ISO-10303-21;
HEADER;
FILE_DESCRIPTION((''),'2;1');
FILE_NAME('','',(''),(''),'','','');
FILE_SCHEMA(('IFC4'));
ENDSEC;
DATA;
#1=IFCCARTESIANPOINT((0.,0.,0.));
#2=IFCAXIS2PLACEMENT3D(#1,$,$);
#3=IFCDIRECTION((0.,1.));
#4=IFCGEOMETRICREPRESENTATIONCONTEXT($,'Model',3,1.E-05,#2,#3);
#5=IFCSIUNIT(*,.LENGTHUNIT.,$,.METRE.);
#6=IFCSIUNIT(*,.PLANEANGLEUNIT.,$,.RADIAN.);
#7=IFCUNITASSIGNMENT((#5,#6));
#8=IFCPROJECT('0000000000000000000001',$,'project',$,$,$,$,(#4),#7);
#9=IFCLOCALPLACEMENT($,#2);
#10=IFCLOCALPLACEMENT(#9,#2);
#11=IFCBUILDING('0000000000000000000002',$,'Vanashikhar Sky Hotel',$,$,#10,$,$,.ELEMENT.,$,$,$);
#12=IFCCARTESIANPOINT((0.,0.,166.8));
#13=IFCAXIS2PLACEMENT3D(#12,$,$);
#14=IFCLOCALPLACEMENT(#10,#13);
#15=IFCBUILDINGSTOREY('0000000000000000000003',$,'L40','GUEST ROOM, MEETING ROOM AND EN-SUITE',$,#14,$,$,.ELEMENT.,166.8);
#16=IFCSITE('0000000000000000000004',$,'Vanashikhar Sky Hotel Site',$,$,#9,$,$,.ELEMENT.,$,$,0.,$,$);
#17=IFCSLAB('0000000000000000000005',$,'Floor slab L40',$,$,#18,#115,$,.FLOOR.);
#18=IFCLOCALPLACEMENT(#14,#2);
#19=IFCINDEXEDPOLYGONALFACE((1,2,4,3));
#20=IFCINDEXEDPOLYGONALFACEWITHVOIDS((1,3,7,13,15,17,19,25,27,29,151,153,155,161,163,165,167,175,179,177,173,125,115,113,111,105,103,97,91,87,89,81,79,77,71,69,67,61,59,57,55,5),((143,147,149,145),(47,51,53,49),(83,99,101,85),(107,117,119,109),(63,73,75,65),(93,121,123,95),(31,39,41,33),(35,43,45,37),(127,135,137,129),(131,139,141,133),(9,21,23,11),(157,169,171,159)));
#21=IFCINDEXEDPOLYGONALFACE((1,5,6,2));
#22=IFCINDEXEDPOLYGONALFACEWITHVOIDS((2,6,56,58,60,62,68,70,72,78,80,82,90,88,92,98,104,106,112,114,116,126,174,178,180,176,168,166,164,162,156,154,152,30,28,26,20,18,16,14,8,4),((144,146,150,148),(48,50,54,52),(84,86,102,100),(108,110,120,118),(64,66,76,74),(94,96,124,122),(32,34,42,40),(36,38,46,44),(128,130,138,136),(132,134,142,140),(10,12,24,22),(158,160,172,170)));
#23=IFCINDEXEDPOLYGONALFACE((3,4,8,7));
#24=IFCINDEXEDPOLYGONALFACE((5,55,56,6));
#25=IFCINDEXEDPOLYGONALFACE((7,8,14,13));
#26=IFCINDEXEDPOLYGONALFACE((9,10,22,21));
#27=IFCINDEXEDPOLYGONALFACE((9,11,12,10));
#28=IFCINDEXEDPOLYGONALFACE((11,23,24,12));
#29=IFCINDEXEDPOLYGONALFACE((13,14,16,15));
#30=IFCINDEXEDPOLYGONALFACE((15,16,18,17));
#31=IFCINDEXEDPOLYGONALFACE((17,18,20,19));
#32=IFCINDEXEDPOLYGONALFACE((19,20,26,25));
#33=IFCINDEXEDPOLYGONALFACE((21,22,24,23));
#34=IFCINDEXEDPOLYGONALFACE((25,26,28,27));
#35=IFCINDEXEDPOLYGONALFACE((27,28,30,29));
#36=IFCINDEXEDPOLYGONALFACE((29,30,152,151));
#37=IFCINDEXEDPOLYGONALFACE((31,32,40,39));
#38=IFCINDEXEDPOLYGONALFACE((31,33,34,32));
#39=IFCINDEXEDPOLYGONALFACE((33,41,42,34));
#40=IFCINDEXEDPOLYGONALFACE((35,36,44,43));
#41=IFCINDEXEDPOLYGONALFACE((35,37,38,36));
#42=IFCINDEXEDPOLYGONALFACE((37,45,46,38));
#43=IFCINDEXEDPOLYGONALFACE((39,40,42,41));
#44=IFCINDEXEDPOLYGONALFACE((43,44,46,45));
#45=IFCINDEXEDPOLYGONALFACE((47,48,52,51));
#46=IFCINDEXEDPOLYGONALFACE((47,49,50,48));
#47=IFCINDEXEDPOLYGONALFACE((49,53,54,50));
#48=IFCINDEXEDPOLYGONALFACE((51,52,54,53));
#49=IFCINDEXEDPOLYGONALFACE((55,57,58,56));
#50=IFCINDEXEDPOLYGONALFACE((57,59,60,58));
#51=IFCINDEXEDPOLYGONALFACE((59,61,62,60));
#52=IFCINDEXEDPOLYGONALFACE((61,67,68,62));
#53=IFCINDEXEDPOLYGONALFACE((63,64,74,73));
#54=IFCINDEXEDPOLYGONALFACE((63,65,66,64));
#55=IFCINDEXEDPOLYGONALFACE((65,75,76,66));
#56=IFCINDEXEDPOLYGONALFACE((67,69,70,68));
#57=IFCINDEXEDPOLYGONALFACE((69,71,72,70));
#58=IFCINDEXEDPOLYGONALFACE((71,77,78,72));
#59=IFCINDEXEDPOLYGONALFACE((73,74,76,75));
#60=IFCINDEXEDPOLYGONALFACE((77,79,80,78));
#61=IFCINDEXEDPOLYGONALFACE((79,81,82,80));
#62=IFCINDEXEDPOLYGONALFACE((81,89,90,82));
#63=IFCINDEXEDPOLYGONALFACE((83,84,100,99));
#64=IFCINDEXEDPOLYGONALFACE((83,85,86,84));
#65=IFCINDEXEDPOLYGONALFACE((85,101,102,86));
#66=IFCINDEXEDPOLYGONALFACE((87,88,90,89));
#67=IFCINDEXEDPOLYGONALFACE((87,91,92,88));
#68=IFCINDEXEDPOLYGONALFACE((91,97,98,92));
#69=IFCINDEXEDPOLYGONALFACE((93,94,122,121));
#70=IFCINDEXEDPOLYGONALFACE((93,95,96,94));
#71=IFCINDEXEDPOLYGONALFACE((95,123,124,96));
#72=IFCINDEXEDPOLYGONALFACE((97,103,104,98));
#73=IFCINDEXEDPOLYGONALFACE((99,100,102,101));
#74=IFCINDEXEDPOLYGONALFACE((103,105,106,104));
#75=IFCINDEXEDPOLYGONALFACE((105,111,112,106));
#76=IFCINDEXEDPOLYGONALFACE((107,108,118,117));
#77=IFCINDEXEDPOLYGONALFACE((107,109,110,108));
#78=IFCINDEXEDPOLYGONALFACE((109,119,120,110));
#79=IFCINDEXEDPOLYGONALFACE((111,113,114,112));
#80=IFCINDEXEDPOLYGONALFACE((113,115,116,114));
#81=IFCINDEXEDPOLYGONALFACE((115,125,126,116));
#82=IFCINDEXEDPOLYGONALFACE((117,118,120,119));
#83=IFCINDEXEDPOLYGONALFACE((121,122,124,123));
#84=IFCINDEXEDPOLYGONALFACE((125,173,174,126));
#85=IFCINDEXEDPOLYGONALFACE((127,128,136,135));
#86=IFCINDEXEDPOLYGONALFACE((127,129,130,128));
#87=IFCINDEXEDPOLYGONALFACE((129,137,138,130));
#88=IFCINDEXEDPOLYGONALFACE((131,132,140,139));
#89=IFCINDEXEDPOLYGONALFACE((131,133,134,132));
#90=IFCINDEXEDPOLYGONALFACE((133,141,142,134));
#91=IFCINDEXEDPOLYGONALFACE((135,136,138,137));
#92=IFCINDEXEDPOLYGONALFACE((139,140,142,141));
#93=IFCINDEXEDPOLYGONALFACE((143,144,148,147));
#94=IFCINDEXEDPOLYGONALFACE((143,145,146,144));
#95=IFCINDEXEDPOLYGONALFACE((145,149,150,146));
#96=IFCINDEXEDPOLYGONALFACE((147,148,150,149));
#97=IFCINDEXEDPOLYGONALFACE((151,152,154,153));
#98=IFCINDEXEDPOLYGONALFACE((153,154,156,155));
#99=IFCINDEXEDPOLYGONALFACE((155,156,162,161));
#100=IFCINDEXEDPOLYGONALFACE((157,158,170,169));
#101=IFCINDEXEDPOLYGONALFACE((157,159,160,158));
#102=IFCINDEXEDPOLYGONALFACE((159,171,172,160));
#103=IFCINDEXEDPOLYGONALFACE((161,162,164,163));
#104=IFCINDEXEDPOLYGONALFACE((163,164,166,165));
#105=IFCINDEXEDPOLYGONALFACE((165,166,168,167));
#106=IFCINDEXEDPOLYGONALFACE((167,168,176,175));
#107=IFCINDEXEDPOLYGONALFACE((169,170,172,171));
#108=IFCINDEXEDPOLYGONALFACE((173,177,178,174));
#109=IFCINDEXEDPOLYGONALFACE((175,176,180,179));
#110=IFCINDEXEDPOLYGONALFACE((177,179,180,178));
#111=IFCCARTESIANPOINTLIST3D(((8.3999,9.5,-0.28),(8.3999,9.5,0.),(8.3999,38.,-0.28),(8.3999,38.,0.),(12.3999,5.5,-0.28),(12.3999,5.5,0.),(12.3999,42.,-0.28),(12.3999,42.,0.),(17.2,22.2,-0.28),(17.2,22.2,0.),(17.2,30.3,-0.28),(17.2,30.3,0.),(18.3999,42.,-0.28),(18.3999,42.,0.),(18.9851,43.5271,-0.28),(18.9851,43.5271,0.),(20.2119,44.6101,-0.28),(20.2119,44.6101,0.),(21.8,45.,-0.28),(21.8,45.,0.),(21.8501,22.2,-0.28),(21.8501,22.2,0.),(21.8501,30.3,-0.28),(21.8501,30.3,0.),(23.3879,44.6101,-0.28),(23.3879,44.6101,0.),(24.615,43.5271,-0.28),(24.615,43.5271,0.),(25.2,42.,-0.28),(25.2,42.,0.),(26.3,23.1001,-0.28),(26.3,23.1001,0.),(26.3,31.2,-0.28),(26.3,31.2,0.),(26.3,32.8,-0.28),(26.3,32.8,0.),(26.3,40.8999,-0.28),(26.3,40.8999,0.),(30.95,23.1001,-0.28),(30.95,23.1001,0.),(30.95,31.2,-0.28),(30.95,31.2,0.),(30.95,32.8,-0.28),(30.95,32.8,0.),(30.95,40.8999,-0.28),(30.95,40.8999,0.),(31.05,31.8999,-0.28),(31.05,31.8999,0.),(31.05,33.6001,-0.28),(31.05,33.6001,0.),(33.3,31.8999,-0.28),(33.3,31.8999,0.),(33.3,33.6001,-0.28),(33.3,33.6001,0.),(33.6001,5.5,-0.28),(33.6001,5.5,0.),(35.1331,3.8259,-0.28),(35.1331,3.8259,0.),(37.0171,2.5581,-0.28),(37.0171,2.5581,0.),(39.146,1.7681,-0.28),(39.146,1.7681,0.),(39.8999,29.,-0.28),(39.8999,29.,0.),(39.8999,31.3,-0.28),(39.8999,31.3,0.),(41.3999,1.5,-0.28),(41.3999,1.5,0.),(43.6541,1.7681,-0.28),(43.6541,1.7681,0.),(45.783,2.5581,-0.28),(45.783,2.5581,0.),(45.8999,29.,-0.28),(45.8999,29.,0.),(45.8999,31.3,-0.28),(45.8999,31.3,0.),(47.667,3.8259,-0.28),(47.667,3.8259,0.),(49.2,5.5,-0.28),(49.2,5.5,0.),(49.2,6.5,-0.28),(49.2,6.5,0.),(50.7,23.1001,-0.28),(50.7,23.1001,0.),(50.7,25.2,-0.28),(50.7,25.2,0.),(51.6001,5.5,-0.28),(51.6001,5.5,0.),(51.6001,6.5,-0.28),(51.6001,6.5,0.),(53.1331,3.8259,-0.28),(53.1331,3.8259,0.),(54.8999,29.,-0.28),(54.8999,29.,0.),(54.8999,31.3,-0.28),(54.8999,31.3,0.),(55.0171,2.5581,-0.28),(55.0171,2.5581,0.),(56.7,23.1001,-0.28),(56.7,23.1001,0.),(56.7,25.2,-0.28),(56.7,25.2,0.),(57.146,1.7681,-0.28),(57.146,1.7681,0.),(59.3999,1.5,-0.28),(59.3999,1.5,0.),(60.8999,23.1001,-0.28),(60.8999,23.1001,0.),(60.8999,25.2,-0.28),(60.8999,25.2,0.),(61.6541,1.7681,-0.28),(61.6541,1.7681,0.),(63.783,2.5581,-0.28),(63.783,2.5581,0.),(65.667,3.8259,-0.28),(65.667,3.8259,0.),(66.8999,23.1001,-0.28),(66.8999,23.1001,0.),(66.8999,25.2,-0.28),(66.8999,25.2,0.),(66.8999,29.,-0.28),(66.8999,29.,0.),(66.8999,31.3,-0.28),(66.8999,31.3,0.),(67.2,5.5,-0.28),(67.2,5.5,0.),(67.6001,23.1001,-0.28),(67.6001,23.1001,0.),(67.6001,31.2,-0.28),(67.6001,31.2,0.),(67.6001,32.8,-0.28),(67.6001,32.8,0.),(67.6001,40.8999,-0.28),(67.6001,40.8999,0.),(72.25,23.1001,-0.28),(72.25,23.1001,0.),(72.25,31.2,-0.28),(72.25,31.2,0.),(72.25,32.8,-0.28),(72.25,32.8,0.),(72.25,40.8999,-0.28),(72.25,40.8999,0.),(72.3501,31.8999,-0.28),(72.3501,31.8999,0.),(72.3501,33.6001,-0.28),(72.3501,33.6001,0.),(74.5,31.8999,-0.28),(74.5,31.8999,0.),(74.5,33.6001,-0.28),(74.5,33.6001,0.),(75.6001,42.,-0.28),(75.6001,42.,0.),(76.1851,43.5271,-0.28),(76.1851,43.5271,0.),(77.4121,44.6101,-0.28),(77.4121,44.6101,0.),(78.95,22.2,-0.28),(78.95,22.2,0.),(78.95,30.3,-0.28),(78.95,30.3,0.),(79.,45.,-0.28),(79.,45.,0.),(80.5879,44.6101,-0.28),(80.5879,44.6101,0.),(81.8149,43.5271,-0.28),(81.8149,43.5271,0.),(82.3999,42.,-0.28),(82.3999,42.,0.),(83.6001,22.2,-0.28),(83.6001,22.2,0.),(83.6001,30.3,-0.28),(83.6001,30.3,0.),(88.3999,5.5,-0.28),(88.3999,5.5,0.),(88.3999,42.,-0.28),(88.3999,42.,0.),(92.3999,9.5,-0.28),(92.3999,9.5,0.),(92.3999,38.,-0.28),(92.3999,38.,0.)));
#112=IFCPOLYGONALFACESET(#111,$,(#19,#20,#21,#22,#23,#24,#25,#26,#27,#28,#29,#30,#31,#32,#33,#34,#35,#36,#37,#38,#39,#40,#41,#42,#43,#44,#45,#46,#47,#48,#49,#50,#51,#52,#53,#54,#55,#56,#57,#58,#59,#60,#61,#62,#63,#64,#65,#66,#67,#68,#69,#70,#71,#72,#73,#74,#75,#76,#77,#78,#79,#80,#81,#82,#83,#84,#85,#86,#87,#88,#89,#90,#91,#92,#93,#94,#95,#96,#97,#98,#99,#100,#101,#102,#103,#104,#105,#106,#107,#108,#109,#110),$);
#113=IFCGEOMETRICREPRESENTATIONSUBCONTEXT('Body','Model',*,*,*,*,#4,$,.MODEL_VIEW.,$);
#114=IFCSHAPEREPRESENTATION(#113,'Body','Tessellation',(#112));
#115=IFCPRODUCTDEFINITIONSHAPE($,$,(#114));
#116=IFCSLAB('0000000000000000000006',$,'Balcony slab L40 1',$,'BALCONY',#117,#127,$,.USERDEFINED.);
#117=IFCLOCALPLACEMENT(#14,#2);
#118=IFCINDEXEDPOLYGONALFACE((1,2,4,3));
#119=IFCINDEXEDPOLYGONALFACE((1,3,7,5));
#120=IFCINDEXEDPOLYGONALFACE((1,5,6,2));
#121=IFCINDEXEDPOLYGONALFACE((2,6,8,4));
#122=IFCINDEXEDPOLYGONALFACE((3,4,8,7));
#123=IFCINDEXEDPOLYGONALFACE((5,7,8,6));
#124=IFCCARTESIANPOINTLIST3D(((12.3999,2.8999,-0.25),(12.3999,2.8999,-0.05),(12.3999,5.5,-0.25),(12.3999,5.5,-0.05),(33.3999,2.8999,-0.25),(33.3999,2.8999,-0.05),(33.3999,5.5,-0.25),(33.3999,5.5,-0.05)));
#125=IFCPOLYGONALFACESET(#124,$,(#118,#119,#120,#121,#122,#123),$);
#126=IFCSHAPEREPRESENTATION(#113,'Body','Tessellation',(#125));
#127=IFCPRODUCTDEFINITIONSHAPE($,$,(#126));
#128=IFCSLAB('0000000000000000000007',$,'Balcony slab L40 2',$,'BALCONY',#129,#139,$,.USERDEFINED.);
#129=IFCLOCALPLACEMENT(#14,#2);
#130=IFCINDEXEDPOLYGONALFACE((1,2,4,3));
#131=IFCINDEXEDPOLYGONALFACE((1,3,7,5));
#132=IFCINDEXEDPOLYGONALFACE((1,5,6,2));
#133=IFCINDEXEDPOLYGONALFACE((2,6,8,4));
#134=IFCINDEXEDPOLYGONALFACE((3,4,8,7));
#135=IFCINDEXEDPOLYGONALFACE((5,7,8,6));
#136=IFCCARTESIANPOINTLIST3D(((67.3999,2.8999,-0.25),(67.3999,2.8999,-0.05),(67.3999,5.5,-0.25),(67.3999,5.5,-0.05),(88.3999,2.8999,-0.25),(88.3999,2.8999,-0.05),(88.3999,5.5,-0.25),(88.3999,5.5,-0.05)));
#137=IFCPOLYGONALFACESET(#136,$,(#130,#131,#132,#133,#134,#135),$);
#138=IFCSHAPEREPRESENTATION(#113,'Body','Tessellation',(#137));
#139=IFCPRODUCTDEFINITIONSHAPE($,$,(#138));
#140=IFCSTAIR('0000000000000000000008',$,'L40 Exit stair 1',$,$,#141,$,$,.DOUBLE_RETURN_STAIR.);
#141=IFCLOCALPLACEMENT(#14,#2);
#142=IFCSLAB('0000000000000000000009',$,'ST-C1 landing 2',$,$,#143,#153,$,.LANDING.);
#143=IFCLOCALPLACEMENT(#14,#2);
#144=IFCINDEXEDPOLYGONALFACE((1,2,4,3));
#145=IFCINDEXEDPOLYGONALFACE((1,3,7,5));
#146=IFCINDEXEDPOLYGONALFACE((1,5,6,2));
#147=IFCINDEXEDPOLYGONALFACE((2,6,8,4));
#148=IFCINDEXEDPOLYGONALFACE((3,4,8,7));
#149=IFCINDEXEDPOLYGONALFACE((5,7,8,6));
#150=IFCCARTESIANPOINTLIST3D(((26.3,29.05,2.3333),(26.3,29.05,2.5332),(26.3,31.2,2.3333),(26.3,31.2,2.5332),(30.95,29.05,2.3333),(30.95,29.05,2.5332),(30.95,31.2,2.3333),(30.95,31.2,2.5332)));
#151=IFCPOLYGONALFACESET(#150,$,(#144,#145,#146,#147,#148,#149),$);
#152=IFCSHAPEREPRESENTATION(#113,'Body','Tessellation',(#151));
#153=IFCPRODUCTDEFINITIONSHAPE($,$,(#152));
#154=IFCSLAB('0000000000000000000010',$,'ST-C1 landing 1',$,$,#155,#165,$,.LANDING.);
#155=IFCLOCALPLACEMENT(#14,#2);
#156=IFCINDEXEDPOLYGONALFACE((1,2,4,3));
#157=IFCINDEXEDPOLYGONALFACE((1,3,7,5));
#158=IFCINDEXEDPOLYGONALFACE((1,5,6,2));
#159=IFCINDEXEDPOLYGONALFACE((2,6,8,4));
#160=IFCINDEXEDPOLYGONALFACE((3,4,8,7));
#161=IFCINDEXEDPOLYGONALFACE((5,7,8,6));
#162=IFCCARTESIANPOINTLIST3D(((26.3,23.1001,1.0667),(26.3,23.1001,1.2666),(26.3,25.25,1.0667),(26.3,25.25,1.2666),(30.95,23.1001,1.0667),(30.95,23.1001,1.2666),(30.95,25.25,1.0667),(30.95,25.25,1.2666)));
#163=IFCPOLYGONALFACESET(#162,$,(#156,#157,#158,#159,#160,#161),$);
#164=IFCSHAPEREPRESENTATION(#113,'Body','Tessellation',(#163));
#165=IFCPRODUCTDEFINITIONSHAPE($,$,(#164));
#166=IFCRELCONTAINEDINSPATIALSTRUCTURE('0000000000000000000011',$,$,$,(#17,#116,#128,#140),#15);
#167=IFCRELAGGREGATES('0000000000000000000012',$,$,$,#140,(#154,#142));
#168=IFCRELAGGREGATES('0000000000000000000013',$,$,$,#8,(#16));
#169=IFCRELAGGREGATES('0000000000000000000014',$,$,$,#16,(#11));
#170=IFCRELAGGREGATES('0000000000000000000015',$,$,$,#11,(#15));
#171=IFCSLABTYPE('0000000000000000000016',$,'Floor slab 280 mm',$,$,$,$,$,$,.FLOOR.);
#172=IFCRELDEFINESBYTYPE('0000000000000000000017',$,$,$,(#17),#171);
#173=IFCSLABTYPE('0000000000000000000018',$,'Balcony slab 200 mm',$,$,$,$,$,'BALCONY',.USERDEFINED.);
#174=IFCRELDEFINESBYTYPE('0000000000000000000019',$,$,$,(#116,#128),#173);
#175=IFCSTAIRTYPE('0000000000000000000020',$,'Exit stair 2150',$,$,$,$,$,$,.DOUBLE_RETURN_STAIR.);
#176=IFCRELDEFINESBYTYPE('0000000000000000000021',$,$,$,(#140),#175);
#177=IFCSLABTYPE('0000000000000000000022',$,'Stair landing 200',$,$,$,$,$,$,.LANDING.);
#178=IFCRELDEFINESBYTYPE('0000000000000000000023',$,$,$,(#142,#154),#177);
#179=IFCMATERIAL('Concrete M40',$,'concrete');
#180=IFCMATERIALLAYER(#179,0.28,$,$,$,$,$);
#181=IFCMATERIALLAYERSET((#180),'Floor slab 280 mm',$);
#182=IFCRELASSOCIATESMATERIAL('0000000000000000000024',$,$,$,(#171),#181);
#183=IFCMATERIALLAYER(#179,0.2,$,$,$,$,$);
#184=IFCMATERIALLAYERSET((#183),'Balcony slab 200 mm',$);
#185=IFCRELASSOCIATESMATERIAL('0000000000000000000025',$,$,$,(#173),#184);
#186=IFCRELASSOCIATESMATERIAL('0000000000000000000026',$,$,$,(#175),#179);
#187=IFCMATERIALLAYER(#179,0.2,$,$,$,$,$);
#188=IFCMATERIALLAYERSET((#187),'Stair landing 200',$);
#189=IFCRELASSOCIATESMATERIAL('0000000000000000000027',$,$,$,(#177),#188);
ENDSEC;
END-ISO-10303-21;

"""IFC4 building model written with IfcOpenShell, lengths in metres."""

from ifc_helpers import new_model, si_unit, direction, frame, origin, place, context, subcontext, project, spatial, polyline, outline, extrude, source, transform, mapped, material, layer, layer_set, type_object, element, aggregate, save


model = new_model("IFC4")

# Units and contexts
model_context = context("Model", 3, precision=1e-05, world=origin(), true_north=direction((0.0, 1.0)))
body_context = subcontext(model_context, "Body", "Model", "MODEL_VIEW")
ifc_project = project(units=[si_unit("LENGTHUNIT", "METRE"), si_unit("PLANEANGLEUNIT", "RADIAN")], contexts=[model_context])

# Site, building, storey
site_placement = place(None, origin())
site = spatial("IfcSite", under=ifc_project, at=site_placement, Name="Vanashikhar Sky Hotel Site", CompositionType="ELEMENT", RefElevation=0.0)
building_placement = place(site_placement, origin())
building = spatial("IfcBuilding", under=site, at=building_placement, Name="Vanashikhar Sky Hotel", CompositionType="ELEMENT")
storey_placement = place(building_placement, frame((0.0, 0.0, 166.8)))
storey = spatial("IfcBuildingStorey", under=building, at=storey_placement, Name="L40", Description="GUEST ROOM, MEETING ROOM AND EN-SUITE", CompositionType="ELEMENT", Elevation=166.8)

# Slabs
ifc_material = material(Name="Concrete M40", Category="concrete")
ifc_layer_1 = layer(ifc_material, 0.28)
ifc_layer_set_1 = layer_set([ifc_layer_1], Name="Floor slab 280 mm")
slab_type_1 = type_object("IfcSlabType", Name="Floor slab 280 mm", PredefinedType="FLOOR", material=ifc_layer_set_1)
shared_shape_1 = source(origin(), body_context, "Body", "SweptSolid", [
    extrude(outline(polyline([(49.2, 5.5), (49.2, 6.5), (51.6001, 6.5), (51.6001, 5.5), (53.1331, 3.8259), (55.0171, 2.5581), (57.146, 1.7681), (59.3999, 1.5), (61.6541, 1.7681), (63.783, 2.5581), (65.667, 3.8259), (67.2, 5.5), (88.3999, 5.5), (92.3999, 9.5), (92.3999, 38.0), (88.3999, 42.0), (82.3999, 42.0), (81.8149, 43.5271), (80.5879, 44.6101), (79.0, 45.0), (77.4121, 44.6101), (76.1851, 43.5271), (75.6001, 42.0), (25.2, 42.0), (24.615, 43.5271), (23.3879, 44.6101), (21.8, 45.0), (20.2119, 44.6101), (18.9851, 43.5271), (18.3999, 42.0), (12.3999, 42.0), (8.3999, 38.0), (8.3999, 9.5), (12.3999, 5.5), (33.6001, 5.5), (35.1331, 3.8259), (37.0171, 2.5581), (39.146, 1.7681), (41.3999, 1.5), (43.6541, 1.7681), (45.783, 2.5581), (47.667, 3.8259), (49.2, 5.5)]), holes=[polyline([(33.3, 33.6001), (31.05, 33.6001), (31.05, 31.8999), (33.3, 31.8999), (33.3, 33.6001)]), polyline([(39.8999, 31.3), (39.8999, 29.0), (45.8999, 29.0), (45.8999, 31.3), (39.8999, 31.3)]), polyline([(50.7, 25.2), (50.7, 23.1001), (56.7, 23.1001), (56.7, 25.2), (50.7, 25.2)]), polyline([(66.8999, 29.0), (66.8999, 31.3), (54.8999, 31.3), (54.8999, 29.0), (66.8999, 29.0)]), polyline([(60.8999, 25.2), (60.8999, 23.1001), (66.8999, 23.1001), (66.8999, 25.2), (60.8999, 25.2)]), polyline([(74.5, 33.6001), (72.3501, 33.6001), (72.3501, 31.8999), (74.5, 31.8999), (74.5, 33.6001)]), polyline([(30.95, 23.1001), (30.95, 31.2), (26.3, 31.2), (26.3, 23.1001), (30.95, 23.1001)]), polyline([(72.25, 23.1001), (72.25, 31.2), (67.6001, 31.2), (67.6001, 23.1001), (72.25, 23.1001)]), polyline([(30.95, 32.8), (30.95, 40.8999), (26.3, 40.8999), (26.3, 32.8), (30.95, 32.8)]), polyline([(72.25, 32.8), (72.25, 40.8999), (67.6001, 40.8999), (67.6001, 32.8), (72.25, 32.8)]), polyline([(83.6001, 22.2), (83.6001, 30.3), (78.95, 30.3), (78.95, 22.2), (83.6001, 22.2)]), polyline([(21.8501, 22.2), (21.8501, 30.3), (17.2, 30.3), (17.2, 22.2), (21.8501, 22.2)])]), origin(), (0.0, 0.0, 1.0), 0.28),
])
slab_1_placement = place(storey_placement, frame((0.0, 0.0, -0.28)))
element("IfcSlab", 1, at=slab_1_placement, inside=storey, type_object=slab_type_1, Name="Floor slab L40", PredefinedType="FLOOR", context=body_context, shape_type="MappedRepresentation", body=[
    mapped(shared_shape_1, transform((0.0, 0.0, 0.0), scale=1.0)),
])
ifc_layer_2 = layer(ifc_material, 0.2)
ifc_layer_set_2 = layer_set([ifc_layer_2], Name="Balcony slab 200 mm")
slab_type_2 = type_object("IfcSlabType", Name="Balcony slab 200 mm", ElementType="BALCONY", PredefinedType="USERDEFINED", material=ifc_layer_set_2)
shared_shape_2 = source(origin(), body_context, "Body", "SweptSolid", [
    extrude(outline(polyline([(12.3999, 2.8999), (33.3999, 2.8999), (33.3999, 5.5), (12.3999, 5.5), (12.3999, 2.8999)])), origin(), (0.0, 0.0, 1.0), 0.2),
])
slab_2_placement = place(storey_placement, frame((0.0, 0.0, -0.25)))
element("IfcSlab", 2, at=slab_2_placement, inside=storey, type_object=slab_type_2, Name="Balcony slab L40 1", ObjectType="BALCONY", PredefinedType="USERDEFINED", context=body_context, shape_type="MappedRepresentation", body=[
    mapped(shared_shape_2, transform((0.0, 0.0, 0.0), scale=1.0)),
])
shared_shape_3 = source(origin(), body_context, "Body", "SweptSolid", [
    extrude(outline(polyline([(67.3999, 2.8999), (88.3999, 2.8999), (88.3999, 5.5), (67.3999, 5.5), (67.3999, 2.8999)])), origin(), (0.0, 0.0, 1.0), 0.2),
])
slab_3_placement = place(storey_placement, frame((0.0, 0.0, -0.25)))
element("IfcSlab", 3, at=slab_3_placement, inside=storey, type_object=slab_type_2, Name="Balcony slab L40 2", ObjectType="BALCONY", PredefinedType="USERDEFINED", context=body_context, shape_type="MappedRepresentation", body=[
    mapped(shared_shape_3, transform((0.0, 0.0, 0.0), scale=1.0)),
])

# Stair, slabs
stair_type = type_object("IfcStairType", Name="Exit stair 2150", PredefinedType="DOUBLE_RETURN_STAIR", material=ifc_material)
stair_1_placement = place(storey_placement, origin())
stair_1 = element("IfcStair", 4, at=stair_1_placement, inside=storey, type_object=stair_type, Name="L40 Exit stair 1", PredefinedType="DOUBLE_RETURN_STAIR")
ifc_layer_3 = layer(ifc_material, 0.2)
ifc_layer_set_3 = layer_set([ifc_layer_3], Name="Stair landing 200")
slab_type_3 = type_object("IfcSlabType", Name="Stair landing 200", PredefinedType="LANDING", material=ifc_layer_set_3)
shared_shape_4 = source(origin(), body_context, "Body", "SweptSolid", [
    extrude(outline(polyline([(30.95, 29.05), (30.95, 31.2), (26.3, 31.2), (26.3, 29.05), (30.95, 29.05)])), origin(), (0.0, 0.0, 1.0), 0.2),
])
slab_4_placement = place(storey_placement, frame((0.0, 0.0, 2.3333)))
slab_4 = element("IfcSlab", 5, at=slab_4_placement, type_object=slab_type_3, Name="ST-C1 landing 2", PredefinedType="LANDING", context=body_context, shape_type="MappedRepresentation", body=[
    mapped(shared_shape_4, transform((0.0, 0.0, 0.0), scale=1.0)),
])
shared_shape_5 = source(origin(), body_context, "Body", "SweptSolid", [
    extrude(outline(polyline([(30.95, 23.1001), (30.95, 25.25), (26.3, 25.25), (26.3, 23.1001), (30.95, 23.1001)])), origin(), (0.0, 0.0, 1.0), 0.2),
])
slab_5_placement = place(storey_placement, frame((0.0, 0.0, 1.0667)))
slab_5 = element("IfcSlab", 6, at=slab_5_placement, type_object=slab_type_3, Name="ST-C1 landing 1", PredefinedType="LANDING", context=body_context, shape_type="MappedRepresentation", body=[
    mapped(shared_shape_5, transform((0.0, 0.0, 0.0), scale=1.0)),
])
aggregate(stair_1, [slab_5, slab_4])

save(model, "model.ifc")
